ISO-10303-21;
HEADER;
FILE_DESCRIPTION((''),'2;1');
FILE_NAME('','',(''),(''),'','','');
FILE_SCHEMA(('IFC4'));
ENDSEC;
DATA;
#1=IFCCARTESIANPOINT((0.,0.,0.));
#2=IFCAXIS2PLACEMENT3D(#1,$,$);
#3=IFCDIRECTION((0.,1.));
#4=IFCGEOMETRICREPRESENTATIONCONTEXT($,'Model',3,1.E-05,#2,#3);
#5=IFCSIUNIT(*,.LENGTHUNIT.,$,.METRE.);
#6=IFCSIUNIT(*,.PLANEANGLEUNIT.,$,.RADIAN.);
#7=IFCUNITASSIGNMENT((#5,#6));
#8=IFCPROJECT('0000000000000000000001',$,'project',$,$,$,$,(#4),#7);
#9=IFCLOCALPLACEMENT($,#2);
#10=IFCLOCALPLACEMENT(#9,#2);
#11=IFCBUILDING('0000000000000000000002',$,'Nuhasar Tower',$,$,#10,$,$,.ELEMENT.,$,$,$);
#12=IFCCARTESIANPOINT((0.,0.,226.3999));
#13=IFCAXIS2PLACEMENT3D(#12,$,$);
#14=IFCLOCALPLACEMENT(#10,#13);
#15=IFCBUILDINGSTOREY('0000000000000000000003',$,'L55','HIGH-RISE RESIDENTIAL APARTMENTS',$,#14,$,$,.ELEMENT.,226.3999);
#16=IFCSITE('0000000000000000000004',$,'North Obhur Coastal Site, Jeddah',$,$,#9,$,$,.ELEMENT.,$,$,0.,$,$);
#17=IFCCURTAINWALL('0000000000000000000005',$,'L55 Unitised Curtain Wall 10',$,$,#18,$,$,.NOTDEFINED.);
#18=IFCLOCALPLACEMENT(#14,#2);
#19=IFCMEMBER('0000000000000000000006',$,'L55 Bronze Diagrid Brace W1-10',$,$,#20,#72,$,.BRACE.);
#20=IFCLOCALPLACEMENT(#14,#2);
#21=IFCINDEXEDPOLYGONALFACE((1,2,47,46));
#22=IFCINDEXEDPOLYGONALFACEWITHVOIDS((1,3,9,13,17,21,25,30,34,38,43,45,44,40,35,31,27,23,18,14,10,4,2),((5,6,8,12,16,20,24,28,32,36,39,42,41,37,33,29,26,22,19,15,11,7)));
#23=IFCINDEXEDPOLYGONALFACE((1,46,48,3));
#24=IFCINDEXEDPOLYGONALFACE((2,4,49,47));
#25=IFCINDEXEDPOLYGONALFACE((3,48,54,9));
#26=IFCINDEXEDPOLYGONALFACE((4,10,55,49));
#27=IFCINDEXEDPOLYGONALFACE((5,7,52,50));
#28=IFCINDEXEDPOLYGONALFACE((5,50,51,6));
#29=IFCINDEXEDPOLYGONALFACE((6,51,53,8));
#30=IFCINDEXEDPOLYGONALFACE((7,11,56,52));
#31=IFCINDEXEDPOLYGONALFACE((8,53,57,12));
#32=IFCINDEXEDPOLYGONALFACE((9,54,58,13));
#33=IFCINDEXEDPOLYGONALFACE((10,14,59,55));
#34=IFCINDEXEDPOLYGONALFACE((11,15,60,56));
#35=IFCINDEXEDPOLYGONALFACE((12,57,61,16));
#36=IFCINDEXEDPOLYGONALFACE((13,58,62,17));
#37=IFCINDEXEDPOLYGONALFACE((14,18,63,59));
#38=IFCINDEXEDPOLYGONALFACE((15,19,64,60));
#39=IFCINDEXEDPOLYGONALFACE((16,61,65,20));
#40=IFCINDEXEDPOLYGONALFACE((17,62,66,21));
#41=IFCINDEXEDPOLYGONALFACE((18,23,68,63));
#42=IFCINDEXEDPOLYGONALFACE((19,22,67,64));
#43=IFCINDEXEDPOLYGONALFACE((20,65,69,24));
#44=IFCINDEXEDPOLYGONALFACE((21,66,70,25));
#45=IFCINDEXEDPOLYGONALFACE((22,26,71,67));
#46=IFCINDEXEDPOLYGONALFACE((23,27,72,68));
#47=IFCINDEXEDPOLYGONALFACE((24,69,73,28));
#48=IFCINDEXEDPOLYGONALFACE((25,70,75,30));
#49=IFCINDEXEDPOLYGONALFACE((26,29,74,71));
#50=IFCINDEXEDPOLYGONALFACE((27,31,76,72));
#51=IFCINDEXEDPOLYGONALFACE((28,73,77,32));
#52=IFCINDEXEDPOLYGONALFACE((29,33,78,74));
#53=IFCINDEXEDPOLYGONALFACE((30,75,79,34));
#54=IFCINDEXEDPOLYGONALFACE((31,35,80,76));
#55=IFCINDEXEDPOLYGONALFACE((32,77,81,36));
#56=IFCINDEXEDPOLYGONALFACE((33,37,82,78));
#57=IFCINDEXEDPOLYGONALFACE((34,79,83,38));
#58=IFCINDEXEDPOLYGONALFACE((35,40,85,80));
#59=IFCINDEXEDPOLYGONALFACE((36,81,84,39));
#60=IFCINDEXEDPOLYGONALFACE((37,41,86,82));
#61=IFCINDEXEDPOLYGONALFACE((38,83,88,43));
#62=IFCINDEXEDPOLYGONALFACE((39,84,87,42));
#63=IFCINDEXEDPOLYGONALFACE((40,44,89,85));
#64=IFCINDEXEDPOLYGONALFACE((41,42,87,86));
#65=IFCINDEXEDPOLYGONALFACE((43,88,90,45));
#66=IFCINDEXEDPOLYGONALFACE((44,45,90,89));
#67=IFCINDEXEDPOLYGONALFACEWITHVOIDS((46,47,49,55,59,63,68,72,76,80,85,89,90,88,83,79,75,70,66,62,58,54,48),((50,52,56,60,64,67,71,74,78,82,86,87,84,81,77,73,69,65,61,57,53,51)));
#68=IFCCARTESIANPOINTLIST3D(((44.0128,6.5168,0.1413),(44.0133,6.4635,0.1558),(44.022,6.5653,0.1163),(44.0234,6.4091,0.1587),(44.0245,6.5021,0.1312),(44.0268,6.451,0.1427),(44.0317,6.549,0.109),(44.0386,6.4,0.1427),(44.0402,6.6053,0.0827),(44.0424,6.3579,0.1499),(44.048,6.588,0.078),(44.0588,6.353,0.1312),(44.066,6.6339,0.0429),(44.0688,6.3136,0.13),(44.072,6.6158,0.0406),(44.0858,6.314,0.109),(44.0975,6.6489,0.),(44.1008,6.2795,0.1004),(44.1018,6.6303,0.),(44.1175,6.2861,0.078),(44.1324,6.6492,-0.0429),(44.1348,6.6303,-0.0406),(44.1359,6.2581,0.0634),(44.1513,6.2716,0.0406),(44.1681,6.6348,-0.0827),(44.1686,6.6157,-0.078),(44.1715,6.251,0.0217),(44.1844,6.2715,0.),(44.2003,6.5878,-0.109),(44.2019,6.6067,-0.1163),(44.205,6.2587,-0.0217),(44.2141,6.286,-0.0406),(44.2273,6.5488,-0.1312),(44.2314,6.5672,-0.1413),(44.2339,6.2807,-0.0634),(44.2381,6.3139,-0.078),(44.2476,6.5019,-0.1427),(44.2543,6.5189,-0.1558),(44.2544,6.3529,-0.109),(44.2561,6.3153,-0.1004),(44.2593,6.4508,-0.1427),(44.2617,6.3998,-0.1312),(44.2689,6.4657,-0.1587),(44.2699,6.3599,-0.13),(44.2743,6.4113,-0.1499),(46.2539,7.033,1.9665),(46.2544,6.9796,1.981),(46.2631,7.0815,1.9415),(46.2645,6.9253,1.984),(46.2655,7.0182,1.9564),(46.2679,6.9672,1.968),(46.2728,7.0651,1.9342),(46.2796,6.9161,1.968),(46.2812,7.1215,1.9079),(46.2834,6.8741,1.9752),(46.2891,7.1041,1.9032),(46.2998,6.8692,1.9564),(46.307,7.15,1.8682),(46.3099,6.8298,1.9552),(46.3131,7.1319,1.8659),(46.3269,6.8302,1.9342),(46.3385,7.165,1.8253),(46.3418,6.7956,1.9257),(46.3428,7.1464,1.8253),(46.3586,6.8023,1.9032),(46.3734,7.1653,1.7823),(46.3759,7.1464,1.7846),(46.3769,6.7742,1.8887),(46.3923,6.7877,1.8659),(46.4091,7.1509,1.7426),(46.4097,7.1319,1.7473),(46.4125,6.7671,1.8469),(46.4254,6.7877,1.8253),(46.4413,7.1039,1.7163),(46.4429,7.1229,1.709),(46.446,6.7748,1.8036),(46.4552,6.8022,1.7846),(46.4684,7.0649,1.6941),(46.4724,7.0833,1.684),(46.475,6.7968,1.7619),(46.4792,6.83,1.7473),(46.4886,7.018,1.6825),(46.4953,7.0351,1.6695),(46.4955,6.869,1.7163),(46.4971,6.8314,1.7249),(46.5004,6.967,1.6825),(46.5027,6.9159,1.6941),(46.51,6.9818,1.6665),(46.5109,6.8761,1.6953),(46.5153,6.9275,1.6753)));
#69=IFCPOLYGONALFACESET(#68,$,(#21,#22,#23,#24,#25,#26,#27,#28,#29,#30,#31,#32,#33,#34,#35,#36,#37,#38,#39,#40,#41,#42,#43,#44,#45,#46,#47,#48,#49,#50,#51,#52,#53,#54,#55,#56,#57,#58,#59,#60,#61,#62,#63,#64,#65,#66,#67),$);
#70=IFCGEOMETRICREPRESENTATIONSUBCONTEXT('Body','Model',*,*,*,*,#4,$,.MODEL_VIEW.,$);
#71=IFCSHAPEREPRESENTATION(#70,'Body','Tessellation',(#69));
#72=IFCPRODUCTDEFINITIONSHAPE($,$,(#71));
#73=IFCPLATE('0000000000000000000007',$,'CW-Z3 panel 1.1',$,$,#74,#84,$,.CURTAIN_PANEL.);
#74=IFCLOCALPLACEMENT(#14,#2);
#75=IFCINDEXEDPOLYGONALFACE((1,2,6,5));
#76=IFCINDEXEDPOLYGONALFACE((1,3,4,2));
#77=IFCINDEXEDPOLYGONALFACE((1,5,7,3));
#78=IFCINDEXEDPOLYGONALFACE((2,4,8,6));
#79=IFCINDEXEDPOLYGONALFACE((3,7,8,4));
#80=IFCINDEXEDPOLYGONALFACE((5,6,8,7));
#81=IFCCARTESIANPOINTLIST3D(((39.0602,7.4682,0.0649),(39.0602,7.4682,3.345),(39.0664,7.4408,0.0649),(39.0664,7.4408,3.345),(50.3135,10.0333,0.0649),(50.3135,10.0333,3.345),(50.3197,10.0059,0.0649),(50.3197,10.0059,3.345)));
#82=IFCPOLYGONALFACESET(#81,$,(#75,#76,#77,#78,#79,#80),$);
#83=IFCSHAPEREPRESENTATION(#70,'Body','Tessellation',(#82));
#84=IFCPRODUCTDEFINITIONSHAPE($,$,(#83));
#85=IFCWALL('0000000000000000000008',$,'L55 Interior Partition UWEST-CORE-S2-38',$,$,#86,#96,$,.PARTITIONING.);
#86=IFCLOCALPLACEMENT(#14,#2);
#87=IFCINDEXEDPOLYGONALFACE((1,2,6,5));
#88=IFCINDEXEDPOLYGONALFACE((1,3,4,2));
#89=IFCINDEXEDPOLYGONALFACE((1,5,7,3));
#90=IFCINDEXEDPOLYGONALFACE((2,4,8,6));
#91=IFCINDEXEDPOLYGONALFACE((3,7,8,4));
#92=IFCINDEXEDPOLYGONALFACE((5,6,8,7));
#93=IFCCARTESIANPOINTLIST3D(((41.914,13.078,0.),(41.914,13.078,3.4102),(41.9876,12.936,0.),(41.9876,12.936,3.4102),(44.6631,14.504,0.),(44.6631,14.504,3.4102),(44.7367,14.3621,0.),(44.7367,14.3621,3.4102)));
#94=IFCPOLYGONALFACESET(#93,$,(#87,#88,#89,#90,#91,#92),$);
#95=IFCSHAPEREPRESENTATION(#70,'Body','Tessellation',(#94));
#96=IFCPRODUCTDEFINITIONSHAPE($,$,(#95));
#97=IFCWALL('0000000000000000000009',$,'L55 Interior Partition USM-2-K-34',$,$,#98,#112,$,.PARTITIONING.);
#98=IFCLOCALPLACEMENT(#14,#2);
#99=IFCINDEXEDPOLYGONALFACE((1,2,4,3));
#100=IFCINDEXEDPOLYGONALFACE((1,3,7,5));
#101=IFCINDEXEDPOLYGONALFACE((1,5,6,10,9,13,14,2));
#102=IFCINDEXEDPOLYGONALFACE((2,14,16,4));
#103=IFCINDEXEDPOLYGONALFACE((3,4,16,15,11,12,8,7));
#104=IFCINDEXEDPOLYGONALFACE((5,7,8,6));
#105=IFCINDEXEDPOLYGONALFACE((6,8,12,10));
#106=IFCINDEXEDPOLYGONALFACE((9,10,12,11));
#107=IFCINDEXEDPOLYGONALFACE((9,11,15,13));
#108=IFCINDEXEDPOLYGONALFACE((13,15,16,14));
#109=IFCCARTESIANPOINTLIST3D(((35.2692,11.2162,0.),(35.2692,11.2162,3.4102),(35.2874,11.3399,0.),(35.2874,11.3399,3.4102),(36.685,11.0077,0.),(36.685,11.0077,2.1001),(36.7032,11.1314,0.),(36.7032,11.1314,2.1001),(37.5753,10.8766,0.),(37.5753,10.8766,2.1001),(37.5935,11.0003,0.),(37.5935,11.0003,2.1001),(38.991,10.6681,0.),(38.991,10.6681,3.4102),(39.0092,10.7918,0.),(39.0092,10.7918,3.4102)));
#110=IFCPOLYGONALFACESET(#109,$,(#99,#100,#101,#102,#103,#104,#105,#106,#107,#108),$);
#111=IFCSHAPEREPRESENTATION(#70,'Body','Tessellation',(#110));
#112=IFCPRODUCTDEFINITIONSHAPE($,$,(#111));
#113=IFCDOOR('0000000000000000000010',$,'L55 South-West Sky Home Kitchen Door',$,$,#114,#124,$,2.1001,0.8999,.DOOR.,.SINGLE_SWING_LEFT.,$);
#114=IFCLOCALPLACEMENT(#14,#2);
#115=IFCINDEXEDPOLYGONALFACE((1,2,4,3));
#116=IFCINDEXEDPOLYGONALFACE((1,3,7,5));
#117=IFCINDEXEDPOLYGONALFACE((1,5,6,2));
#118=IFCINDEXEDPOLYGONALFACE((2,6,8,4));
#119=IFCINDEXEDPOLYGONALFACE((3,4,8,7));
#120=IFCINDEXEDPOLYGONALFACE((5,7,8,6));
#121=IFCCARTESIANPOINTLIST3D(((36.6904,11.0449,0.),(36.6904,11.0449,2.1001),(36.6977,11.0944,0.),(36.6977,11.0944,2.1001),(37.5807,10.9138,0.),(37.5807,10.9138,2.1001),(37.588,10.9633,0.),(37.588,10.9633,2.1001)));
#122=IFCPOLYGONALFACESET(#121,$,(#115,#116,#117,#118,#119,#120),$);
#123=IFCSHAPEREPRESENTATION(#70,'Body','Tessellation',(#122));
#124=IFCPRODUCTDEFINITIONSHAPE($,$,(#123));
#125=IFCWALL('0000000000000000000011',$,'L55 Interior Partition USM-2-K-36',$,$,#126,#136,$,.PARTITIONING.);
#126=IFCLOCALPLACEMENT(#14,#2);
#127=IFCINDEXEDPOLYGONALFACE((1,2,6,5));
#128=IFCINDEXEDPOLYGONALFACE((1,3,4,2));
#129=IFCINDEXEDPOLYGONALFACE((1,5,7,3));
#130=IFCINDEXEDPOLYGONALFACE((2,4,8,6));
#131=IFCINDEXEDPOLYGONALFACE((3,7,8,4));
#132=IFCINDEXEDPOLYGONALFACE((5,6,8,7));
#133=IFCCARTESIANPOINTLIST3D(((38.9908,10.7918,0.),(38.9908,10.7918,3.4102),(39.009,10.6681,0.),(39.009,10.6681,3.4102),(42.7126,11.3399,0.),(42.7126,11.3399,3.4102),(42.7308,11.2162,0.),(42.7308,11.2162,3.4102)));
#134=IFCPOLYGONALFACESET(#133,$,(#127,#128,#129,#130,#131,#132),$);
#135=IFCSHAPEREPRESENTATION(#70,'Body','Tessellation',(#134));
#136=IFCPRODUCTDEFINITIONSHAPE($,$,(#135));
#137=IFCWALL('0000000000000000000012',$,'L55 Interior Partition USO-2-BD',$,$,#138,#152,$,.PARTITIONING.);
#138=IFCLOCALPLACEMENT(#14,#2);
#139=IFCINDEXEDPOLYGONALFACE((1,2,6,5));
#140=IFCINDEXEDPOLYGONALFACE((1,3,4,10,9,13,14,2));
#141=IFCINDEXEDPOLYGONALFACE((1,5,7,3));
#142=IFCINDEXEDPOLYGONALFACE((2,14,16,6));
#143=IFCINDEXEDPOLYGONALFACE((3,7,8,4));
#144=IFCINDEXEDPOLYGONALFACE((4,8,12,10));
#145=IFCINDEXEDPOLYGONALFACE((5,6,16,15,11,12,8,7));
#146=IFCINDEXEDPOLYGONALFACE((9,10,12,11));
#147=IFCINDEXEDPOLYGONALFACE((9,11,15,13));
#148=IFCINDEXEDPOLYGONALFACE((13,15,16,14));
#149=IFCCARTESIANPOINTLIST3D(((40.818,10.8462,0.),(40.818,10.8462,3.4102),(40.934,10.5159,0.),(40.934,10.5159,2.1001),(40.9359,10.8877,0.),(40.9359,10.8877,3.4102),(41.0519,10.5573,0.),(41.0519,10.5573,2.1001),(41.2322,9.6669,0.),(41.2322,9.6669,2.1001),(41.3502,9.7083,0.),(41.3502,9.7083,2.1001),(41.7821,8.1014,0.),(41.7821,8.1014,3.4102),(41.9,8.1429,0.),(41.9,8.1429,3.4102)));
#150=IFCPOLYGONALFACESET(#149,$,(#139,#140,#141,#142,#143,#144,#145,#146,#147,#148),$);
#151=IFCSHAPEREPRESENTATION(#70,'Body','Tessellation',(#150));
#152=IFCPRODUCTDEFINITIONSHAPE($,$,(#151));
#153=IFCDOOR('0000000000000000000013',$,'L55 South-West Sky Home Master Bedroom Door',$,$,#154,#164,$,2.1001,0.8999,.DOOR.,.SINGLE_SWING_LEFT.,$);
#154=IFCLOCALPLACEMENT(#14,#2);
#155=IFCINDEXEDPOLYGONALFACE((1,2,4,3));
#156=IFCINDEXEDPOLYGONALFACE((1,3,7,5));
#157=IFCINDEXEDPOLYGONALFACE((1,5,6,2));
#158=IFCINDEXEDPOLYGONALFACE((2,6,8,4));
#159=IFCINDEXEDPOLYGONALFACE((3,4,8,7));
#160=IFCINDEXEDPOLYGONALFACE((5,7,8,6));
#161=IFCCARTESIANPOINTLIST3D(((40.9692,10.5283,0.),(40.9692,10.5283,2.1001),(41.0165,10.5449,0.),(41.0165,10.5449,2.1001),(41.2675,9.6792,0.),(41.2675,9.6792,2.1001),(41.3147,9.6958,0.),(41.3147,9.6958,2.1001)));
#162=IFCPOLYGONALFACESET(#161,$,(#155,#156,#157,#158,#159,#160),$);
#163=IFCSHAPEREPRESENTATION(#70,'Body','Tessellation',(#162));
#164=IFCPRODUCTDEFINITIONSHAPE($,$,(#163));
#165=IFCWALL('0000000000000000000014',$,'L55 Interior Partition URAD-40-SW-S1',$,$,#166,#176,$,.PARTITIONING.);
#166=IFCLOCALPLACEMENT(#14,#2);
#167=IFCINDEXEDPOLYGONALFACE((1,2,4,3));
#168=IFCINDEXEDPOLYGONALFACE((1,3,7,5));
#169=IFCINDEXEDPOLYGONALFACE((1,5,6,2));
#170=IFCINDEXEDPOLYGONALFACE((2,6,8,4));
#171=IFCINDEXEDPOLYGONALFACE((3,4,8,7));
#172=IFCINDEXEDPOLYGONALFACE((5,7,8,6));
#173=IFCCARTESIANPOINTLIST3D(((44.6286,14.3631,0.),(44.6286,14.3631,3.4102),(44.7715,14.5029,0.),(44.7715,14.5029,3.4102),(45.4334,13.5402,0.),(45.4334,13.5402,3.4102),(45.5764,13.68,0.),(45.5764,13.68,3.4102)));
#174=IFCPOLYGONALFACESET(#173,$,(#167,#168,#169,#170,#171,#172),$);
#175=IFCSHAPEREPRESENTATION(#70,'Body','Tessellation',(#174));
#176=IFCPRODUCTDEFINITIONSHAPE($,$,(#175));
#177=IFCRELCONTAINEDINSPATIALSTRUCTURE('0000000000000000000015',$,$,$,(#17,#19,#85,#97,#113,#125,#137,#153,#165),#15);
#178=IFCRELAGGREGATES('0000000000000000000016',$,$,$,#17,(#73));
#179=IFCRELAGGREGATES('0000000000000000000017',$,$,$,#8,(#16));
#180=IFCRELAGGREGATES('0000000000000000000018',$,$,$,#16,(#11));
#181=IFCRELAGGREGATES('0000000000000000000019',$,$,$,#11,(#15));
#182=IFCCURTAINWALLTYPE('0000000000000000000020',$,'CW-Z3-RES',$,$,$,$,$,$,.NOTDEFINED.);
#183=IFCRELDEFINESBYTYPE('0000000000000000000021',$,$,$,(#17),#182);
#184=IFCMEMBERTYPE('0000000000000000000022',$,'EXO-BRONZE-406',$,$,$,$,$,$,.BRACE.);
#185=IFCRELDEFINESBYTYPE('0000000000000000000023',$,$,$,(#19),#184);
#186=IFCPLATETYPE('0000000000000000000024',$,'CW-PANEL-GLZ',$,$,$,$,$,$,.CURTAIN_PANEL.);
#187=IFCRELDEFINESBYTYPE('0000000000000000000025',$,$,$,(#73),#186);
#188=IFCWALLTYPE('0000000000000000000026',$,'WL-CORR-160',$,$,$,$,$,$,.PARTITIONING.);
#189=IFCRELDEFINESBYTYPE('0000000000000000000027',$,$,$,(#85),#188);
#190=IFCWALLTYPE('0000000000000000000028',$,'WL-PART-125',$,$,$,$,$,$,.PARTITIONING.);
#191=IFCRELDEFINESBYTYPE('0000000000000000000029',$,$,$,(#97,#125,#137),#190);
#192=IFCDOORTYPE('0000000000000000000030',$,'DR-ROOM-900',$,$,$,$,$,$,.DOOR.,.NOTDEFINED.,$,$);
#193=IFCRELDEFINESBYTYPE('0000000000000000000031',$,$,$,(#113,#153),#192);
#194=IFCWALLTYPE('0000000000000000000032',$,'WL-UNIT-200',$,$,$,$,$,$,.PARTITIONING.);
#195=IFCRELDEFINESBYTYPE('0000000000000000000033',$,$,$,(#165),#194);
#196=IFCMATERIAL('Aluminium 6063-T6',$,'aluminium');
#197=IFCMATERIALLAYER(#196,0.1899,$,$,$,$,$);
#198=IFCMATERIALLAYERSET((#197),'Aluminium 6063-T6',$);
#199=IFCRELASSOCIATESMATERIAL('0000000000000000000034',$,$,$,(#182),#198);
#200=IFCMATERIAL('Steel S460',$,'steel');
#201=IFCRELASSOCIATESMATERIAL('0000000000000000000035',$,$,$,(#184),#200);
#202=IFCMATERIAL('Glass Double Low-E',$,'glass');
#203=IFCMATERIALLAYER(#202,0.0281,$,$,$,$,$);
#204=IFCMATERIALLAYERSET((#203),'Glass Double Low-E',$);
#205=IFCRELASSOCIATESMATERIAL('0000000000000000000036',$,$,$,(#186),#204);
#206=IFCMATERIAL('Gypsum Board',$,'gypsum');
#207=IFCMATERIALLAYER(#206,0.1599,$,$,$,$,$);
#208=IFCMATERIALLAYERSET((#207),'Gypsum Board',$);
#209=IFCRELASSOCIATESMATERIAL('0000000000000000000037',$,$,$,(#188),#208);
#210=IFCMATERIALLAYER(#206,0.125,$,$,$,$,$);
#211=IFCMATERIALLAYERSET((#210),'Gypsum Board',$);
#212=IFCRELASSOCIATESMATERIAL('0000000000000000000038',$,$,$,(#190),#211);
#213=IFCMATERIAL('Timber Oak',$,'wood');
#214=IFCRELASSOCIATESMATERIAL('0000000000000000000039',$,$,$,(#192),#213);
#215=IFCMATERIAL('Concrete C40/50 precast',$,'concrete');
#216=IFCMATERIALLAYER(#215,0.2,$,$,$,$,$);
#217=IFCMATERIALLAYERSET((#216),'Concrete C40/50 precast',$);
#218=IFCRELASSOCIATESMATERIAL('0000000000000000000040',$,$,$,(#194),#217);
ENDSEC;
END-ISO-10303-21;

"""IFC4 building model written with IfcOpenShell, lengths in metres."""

from ifc_helpers import new_model, si_unit, direction, frame, frame_2d, origin, origin_2d, place, context, subcontext, project, spatial, rectangle, hollow_circle, extrude, material, layer, layer_set, material_profile, profile_set, type_object, element, fill, aggregate, save


model = new_model("IFC4")

# Units and contexts
model_context = context("Model", 3, precision=1e-05, world=origin(), true_north=direction((0.0, 1.0)))
body_context = subcontext(model_context, "Body", "Model", "MODEL_VIEW")
ifc_project = project(units=[si_unit("LENGTHUNIT", "METRE"), si_unit("PLANEANGLEUNIT", "RADIAN")], contexts=[model_context])

# Site, building, storey
site_placement = place(None, origin())
site = spatial("IfcSite", under=ifc_project, at=site_placement, Name="North Obhur Coastal Site, Jeddah", CompositionType="ELEMENT", RefElevation=0.0)
building_placement = place(site_placement, origin())
building = spatial("IfcBuilding", under=site, at=building_placement, Name="Nuhasar Tower", CompositionType="ELEMENT")
storey_placement = place(building_placement, frame((0.0, 0.0, 226.3999)))
storey = spatial("IfcBuildingStorey", under=building, at=storey_placement, Name="L55", Description="HIGH-RISE RESIDENTIAL APARTMENTS", CompositionType="ELEMENT", Elevation=226.3999)

# Shared definitions
ifc_material_1 = material(Name="Aluminium 6063-T6", Category="aluminium")
ifc_layer_1 = layer(ifc_material_1, 0.1899)
ifc_layer_set_1 = layer_set([ifc_layer_1], Name="Aluminium 6063-T6")
curtain_wall_type = type_object("IfcCurtainWallType", Name="CW-Z3-RES", PredefinedType="NOTDEFINED", material=ifc_layer_set_1)

# Curtain wall
curtain_wall_1_placement = place(storey_placement, origin())
curtain_wall_1 = element("IfcCurtainWall", 1, at=curtain_wall_1_placement, inside=storey, type_object=curtain_wall_type, Name="L55 Unitised Curtain Wall 10", PredefinedType="NOTDEFINED")

# Member
ifc_material_2 = material(Name="Steel S460", Category="steel")
ifc_material_profile_1 = material_profile(ifc_material_2, hollow_circle(Radius=0.2031, WallThickness=0.019, at=origin_2d()), Name="HSS406.4X19.1")
ifc_profile_set_1 = profile_set([ifc_material_profile_1], Name="Steel S460")
member_type_1 = type_object("IfcMemberType", Name="EXO-BRONZE-406", PredefinedType="BRACE", material=ifc_profile_set_1)
member_1_placement = place(storey_placement, frame((44.1431, 6.4509, 0.0), z_axis=(0.763292, 0.175793, 0.621677), x_axis=(-0.224433, 0.97449, 0.0)))
element("IfcMember", 2, at=member_1_placement, inside=storey, type_object=member_type_1, Name="L55 Bronze Diagrid Brace W1-10", PredefinedType="BRACE", context=body_context, shape_type="SweptSolid", body=[
    extrude(hollow_circle(Radius=0.2031, WallThickness=0.019, at=origin_2d()), origin(), (0.0, 0.0, 1.0), 2.936),
])

# Plate
ifc_material_3 = material(Name="Glass Double Low-E", Category="glass")
ifc_layer_2 = layer(ifc_material_3, 0.0281)
ifc_layer_set_2 = layer_set([ifc_layer_2], Name="Glass Double Low-E")
plate_type = type_object("IfcPlateType", Name="CW-PANEL-GLZ", PredefinedType="CURTAIN_PANEL", material=ifc_layer_set_2)
plate_placement = place(storey_placement, frame((44.6899, 8.7371, 0.0649), z_axis=(0.0, 0.0, 1.0), x_axis=(0.974991, 0.222243, 0.0)))
plate = element("IfcPlate", 3, at=plate_placement, type_object=plate_type, Name="CW-Z3 panel 1.1", PredefinedType="CURTAIN_PANEL", context=body_context, shape_type="SweptSolid", body=[
    extrude(rectangle(XDim=11.542, YDim=0.0281, at=origin_2d()), origin(), (0.0, 0.0, 1.0), 3.28),
])
aggregate(curtain_wall_1, [plate])

# Wall
ifc_material_4 = material(Name="Gypsum Board", Category="gypsum")
ifc_layer_3 = layer(ifc_material_4, 0.1599)
ifc_layer_set_3 = layer_set([ifc_layer_3], Name="Gypsum Board")
wall_type_1 = type_object("IfcWallType", Name="WL-CORR-160", PredefinedType="PARTITIONING", material=ifc_layer_set_3)
wall_1_placement = place(storey_placement, frame((41.9509, 13.0071, 0.0), z_axis=(0.0, 0.0, 1.0), x_axis=(0.887675, 0.460471, 0.0)))
element("IfcWall", 4, at=wall_1_placement, inside=storey, type_object=wall_type_1, Name="L55 Interior Partition UWEST-CORE-S2-38", PredefinedType="PARTITIONING", context=body_context, shape_type="SweptSolid", body=[
    extrude(rectangle(XDim=3.0969, YDim=0.1599, at=frame_2d((1.5483, 0.0))), origin(), (0.0, 0.0, 1.0), 3.4102),
])

# Wall, opening, door
ifc_layer_4 = layer(ifc_material_4, 0.125)
ifc_layer_set_4 = layer_set([ifc_layer_4], Name="Gypsum Board")
wall_type_2 = type_object("IfcWallType", Name="WL-PART-125", PredefinedType="PARTITIONING", material=ifc_layer_set_4)
wall_2_placement = place(storey_placement, frame((39.0, 10.73, 0.0), z_axis=(0.0, 0.0, 1.0), x_axis=(-0.98933, 0.14569, 0.0)))
wall_2 = element("IfcWall", 5, at=wall_2_placement, inside=storey, type_object=wall_type_2, Name="L55 Interior Partition USM-2-K-34", PredefinedType="PARTITIONING", context=body_context, shape_type="SweptSolid", body=[
    extrude(rectangle(XDim=3.762, YDim=0.125, at=frame_2d((1.8809, 0.0))), origin(), (0.0, 0.0, 1.0), 3.4102),
])
opening_1_placement = place(wall_2_placement, frame((1.4309, 0.0, 0.0)))
opening_1 = element("IfcOpeningElement", 6, at=opening_1_placement, cuts=wall_2, PredefinedType="OPENING", context=body_context, shape_type="SweptSolid", body=[
    extrude(rectangle(XDim=0.8999, YDim=2.1001, at=frame_2d((0.45, 1.05))), frame((0.0, 0.0725, 0.0), z_axis=(0.0, -1.0, 0.0), x_axis=(1.0, 0.0, 0.0)), (0.0, 0.0, 1.0), 0.145),
])
ifc_material_5 = material(Name="Timber Oak", Category="wood")
door_type = type_object("IfcDoorType", Name="DR-ROOM-900", OperationType="NOTDEFINED", PredefinedType="DOOR", material=ifc_material_5)
door_1_placement = place(opening_1_placement, origin())
door_1 = element("IfcDoor", 7, at=door_1_placement, inside=storey, type_object=door_type, Name="L55 South-West Sky Home Kitchen Door", OperationType="SINGLE_SWING_LEFT", OverallHeight=2.1001, OverallWidth=0.8999, PredefinedType="DOOR", context=body_context, shape_type="SweptSolid", body=[
    extrude(rectangle(XDim=0.8999, YDim=2.1001, at=frame_2d((0.45, 1.05))), frame((0.0, 0.0249, 0.0), z_axis=(0.0, -1.0, 0.0), x_axis=(1.0, 0.0, 0.0)), (0.0, 0.0, 1.0), 0.05),
])
fill(opening_1, door_1)

# Wall
wall_3_placement = place(storey_placement, frame((39.0, 10.73, 0.0), z_axis=(0.0, 0.0, 1.0), x_axis=(0.98933, 0.14569, 0.0)))
element("IfcWall", 8, at=wall_3_placement, inside=storey, type_object=wall_type_2, Name="L55 Interior Partition USM-2-K-36", PredefinedType="PARTITIONING", context=body_context, shape_type="SweptSolid", body=[
    extrude(rectangle(XDim=3.762, YDim=0.125, at=frame_2d((1.8809, 0.0))), origin(), (0.0, 0.0, 1.0), 3.4102),
])

# Wall, opening, door
wall_4_placement = place(storey_placement, frame((40.877, 10.8669, 0.0), z_axis=(0.0, 0.0, 1.0), x_axis=(0.331393, -0.943493, 0.0)))
wall_4 = element("IfcWall", 9, at=wall_4_placement, inside=storey, type_object=wall_type_2, Name="L55 Interior Partition USO-2-BD", PredefinedType="PARTITIONING", context=body_context, shape_type="SweptSolid", body=[
    extrude(rectangle(XDim=2.9092, YDim=0.125, at=frame_2d((1.4546, 0.0))), origin(), (0.0, 0.0, 1.0), 3.4102),
])
opening_2_placement = place(wall_4_placement, frame((0.3501, 0.0, 0.0)))
opening_2 = element("IfcOpeningElement", 10, at=opening_2_placement, cuts=wall_4, PredefinedType="OPENING", context=body_context, shape_type="SweptSolid", body=[
    extrude(rectangle(XDim=0.8999, YDim=2.1001, at=frame_2d((0.45, 1.05))), frame((0.0, 0.0725, 0.0), z_axis=(0.0, -1.0, 0.0), x_axis=(1.0, 0.0, 0.0)), (0.0, 0.0, 1.0), 0.145),
])
door_2_placement = place(opening_2_placement, origin())
door_2 = element("IfcDoor", 11, at=door_2_placement, inside=storey, type_object=door_type, Name="L55 South-West Sky Home Master Bedroom Door", OperationType="SINGLE_SWING_LEFT", OverallHeight=2.1001, OverallWidth=0.8999, PredefinedType="DOOR", context=body_context, shape_type="SweptSolid", body=[
    extrude(rectangle(XDim=0.8999, YDim=2.1001, at=frame_2d((0.45, 1.05))), frame((0.0, 0.0249, 0.0), z_axis=(0.0, -1.0, 0.0), x_axis=(1.0, 0.0, 0.0)), (0.0, 0.0, 1.0), 0.05),
])
fill(opening_2, door_2)

# Wall
ifc_material_6 = material(Name="Concrete C40/50 precast", Category="concrete")
ifc_layer_5 = layer(ifc_material_6, 0.2)
ifc_layer_set_5 = layer_set([ifc_layer_5], Name="Concrete C40/50 precast")
wall_type_3 = type_object("IfcWallType", Name="WL-UNIT-200", PredefinedType="PARTITIONING", material=ifc_layer_set_5)
wall_5_placement = place(storey_placement, frame((44.7, 14.4331, 0.0), z_axis=(0.0, 0.0, 1.0), x_axis=(0.699216, -0.71491, 0.0)))
element("IfcWall", 12, at=wall_5_placement, inside=storey, type_object=wall_type_3, Name="L55 Interior Partition URAD-40-SW-S1", PredefinedType="PARTITIONING", context=body_context, shape_type="SweptSolid", body=[
    extrude(rectangle(XDim=1.1511, YDim=0.2, at=frame_2d((0.5757, 0.0))), origin(), (0.0, 0.0, 1.0), 3.4102),
])

save(model, "model.ifc")
